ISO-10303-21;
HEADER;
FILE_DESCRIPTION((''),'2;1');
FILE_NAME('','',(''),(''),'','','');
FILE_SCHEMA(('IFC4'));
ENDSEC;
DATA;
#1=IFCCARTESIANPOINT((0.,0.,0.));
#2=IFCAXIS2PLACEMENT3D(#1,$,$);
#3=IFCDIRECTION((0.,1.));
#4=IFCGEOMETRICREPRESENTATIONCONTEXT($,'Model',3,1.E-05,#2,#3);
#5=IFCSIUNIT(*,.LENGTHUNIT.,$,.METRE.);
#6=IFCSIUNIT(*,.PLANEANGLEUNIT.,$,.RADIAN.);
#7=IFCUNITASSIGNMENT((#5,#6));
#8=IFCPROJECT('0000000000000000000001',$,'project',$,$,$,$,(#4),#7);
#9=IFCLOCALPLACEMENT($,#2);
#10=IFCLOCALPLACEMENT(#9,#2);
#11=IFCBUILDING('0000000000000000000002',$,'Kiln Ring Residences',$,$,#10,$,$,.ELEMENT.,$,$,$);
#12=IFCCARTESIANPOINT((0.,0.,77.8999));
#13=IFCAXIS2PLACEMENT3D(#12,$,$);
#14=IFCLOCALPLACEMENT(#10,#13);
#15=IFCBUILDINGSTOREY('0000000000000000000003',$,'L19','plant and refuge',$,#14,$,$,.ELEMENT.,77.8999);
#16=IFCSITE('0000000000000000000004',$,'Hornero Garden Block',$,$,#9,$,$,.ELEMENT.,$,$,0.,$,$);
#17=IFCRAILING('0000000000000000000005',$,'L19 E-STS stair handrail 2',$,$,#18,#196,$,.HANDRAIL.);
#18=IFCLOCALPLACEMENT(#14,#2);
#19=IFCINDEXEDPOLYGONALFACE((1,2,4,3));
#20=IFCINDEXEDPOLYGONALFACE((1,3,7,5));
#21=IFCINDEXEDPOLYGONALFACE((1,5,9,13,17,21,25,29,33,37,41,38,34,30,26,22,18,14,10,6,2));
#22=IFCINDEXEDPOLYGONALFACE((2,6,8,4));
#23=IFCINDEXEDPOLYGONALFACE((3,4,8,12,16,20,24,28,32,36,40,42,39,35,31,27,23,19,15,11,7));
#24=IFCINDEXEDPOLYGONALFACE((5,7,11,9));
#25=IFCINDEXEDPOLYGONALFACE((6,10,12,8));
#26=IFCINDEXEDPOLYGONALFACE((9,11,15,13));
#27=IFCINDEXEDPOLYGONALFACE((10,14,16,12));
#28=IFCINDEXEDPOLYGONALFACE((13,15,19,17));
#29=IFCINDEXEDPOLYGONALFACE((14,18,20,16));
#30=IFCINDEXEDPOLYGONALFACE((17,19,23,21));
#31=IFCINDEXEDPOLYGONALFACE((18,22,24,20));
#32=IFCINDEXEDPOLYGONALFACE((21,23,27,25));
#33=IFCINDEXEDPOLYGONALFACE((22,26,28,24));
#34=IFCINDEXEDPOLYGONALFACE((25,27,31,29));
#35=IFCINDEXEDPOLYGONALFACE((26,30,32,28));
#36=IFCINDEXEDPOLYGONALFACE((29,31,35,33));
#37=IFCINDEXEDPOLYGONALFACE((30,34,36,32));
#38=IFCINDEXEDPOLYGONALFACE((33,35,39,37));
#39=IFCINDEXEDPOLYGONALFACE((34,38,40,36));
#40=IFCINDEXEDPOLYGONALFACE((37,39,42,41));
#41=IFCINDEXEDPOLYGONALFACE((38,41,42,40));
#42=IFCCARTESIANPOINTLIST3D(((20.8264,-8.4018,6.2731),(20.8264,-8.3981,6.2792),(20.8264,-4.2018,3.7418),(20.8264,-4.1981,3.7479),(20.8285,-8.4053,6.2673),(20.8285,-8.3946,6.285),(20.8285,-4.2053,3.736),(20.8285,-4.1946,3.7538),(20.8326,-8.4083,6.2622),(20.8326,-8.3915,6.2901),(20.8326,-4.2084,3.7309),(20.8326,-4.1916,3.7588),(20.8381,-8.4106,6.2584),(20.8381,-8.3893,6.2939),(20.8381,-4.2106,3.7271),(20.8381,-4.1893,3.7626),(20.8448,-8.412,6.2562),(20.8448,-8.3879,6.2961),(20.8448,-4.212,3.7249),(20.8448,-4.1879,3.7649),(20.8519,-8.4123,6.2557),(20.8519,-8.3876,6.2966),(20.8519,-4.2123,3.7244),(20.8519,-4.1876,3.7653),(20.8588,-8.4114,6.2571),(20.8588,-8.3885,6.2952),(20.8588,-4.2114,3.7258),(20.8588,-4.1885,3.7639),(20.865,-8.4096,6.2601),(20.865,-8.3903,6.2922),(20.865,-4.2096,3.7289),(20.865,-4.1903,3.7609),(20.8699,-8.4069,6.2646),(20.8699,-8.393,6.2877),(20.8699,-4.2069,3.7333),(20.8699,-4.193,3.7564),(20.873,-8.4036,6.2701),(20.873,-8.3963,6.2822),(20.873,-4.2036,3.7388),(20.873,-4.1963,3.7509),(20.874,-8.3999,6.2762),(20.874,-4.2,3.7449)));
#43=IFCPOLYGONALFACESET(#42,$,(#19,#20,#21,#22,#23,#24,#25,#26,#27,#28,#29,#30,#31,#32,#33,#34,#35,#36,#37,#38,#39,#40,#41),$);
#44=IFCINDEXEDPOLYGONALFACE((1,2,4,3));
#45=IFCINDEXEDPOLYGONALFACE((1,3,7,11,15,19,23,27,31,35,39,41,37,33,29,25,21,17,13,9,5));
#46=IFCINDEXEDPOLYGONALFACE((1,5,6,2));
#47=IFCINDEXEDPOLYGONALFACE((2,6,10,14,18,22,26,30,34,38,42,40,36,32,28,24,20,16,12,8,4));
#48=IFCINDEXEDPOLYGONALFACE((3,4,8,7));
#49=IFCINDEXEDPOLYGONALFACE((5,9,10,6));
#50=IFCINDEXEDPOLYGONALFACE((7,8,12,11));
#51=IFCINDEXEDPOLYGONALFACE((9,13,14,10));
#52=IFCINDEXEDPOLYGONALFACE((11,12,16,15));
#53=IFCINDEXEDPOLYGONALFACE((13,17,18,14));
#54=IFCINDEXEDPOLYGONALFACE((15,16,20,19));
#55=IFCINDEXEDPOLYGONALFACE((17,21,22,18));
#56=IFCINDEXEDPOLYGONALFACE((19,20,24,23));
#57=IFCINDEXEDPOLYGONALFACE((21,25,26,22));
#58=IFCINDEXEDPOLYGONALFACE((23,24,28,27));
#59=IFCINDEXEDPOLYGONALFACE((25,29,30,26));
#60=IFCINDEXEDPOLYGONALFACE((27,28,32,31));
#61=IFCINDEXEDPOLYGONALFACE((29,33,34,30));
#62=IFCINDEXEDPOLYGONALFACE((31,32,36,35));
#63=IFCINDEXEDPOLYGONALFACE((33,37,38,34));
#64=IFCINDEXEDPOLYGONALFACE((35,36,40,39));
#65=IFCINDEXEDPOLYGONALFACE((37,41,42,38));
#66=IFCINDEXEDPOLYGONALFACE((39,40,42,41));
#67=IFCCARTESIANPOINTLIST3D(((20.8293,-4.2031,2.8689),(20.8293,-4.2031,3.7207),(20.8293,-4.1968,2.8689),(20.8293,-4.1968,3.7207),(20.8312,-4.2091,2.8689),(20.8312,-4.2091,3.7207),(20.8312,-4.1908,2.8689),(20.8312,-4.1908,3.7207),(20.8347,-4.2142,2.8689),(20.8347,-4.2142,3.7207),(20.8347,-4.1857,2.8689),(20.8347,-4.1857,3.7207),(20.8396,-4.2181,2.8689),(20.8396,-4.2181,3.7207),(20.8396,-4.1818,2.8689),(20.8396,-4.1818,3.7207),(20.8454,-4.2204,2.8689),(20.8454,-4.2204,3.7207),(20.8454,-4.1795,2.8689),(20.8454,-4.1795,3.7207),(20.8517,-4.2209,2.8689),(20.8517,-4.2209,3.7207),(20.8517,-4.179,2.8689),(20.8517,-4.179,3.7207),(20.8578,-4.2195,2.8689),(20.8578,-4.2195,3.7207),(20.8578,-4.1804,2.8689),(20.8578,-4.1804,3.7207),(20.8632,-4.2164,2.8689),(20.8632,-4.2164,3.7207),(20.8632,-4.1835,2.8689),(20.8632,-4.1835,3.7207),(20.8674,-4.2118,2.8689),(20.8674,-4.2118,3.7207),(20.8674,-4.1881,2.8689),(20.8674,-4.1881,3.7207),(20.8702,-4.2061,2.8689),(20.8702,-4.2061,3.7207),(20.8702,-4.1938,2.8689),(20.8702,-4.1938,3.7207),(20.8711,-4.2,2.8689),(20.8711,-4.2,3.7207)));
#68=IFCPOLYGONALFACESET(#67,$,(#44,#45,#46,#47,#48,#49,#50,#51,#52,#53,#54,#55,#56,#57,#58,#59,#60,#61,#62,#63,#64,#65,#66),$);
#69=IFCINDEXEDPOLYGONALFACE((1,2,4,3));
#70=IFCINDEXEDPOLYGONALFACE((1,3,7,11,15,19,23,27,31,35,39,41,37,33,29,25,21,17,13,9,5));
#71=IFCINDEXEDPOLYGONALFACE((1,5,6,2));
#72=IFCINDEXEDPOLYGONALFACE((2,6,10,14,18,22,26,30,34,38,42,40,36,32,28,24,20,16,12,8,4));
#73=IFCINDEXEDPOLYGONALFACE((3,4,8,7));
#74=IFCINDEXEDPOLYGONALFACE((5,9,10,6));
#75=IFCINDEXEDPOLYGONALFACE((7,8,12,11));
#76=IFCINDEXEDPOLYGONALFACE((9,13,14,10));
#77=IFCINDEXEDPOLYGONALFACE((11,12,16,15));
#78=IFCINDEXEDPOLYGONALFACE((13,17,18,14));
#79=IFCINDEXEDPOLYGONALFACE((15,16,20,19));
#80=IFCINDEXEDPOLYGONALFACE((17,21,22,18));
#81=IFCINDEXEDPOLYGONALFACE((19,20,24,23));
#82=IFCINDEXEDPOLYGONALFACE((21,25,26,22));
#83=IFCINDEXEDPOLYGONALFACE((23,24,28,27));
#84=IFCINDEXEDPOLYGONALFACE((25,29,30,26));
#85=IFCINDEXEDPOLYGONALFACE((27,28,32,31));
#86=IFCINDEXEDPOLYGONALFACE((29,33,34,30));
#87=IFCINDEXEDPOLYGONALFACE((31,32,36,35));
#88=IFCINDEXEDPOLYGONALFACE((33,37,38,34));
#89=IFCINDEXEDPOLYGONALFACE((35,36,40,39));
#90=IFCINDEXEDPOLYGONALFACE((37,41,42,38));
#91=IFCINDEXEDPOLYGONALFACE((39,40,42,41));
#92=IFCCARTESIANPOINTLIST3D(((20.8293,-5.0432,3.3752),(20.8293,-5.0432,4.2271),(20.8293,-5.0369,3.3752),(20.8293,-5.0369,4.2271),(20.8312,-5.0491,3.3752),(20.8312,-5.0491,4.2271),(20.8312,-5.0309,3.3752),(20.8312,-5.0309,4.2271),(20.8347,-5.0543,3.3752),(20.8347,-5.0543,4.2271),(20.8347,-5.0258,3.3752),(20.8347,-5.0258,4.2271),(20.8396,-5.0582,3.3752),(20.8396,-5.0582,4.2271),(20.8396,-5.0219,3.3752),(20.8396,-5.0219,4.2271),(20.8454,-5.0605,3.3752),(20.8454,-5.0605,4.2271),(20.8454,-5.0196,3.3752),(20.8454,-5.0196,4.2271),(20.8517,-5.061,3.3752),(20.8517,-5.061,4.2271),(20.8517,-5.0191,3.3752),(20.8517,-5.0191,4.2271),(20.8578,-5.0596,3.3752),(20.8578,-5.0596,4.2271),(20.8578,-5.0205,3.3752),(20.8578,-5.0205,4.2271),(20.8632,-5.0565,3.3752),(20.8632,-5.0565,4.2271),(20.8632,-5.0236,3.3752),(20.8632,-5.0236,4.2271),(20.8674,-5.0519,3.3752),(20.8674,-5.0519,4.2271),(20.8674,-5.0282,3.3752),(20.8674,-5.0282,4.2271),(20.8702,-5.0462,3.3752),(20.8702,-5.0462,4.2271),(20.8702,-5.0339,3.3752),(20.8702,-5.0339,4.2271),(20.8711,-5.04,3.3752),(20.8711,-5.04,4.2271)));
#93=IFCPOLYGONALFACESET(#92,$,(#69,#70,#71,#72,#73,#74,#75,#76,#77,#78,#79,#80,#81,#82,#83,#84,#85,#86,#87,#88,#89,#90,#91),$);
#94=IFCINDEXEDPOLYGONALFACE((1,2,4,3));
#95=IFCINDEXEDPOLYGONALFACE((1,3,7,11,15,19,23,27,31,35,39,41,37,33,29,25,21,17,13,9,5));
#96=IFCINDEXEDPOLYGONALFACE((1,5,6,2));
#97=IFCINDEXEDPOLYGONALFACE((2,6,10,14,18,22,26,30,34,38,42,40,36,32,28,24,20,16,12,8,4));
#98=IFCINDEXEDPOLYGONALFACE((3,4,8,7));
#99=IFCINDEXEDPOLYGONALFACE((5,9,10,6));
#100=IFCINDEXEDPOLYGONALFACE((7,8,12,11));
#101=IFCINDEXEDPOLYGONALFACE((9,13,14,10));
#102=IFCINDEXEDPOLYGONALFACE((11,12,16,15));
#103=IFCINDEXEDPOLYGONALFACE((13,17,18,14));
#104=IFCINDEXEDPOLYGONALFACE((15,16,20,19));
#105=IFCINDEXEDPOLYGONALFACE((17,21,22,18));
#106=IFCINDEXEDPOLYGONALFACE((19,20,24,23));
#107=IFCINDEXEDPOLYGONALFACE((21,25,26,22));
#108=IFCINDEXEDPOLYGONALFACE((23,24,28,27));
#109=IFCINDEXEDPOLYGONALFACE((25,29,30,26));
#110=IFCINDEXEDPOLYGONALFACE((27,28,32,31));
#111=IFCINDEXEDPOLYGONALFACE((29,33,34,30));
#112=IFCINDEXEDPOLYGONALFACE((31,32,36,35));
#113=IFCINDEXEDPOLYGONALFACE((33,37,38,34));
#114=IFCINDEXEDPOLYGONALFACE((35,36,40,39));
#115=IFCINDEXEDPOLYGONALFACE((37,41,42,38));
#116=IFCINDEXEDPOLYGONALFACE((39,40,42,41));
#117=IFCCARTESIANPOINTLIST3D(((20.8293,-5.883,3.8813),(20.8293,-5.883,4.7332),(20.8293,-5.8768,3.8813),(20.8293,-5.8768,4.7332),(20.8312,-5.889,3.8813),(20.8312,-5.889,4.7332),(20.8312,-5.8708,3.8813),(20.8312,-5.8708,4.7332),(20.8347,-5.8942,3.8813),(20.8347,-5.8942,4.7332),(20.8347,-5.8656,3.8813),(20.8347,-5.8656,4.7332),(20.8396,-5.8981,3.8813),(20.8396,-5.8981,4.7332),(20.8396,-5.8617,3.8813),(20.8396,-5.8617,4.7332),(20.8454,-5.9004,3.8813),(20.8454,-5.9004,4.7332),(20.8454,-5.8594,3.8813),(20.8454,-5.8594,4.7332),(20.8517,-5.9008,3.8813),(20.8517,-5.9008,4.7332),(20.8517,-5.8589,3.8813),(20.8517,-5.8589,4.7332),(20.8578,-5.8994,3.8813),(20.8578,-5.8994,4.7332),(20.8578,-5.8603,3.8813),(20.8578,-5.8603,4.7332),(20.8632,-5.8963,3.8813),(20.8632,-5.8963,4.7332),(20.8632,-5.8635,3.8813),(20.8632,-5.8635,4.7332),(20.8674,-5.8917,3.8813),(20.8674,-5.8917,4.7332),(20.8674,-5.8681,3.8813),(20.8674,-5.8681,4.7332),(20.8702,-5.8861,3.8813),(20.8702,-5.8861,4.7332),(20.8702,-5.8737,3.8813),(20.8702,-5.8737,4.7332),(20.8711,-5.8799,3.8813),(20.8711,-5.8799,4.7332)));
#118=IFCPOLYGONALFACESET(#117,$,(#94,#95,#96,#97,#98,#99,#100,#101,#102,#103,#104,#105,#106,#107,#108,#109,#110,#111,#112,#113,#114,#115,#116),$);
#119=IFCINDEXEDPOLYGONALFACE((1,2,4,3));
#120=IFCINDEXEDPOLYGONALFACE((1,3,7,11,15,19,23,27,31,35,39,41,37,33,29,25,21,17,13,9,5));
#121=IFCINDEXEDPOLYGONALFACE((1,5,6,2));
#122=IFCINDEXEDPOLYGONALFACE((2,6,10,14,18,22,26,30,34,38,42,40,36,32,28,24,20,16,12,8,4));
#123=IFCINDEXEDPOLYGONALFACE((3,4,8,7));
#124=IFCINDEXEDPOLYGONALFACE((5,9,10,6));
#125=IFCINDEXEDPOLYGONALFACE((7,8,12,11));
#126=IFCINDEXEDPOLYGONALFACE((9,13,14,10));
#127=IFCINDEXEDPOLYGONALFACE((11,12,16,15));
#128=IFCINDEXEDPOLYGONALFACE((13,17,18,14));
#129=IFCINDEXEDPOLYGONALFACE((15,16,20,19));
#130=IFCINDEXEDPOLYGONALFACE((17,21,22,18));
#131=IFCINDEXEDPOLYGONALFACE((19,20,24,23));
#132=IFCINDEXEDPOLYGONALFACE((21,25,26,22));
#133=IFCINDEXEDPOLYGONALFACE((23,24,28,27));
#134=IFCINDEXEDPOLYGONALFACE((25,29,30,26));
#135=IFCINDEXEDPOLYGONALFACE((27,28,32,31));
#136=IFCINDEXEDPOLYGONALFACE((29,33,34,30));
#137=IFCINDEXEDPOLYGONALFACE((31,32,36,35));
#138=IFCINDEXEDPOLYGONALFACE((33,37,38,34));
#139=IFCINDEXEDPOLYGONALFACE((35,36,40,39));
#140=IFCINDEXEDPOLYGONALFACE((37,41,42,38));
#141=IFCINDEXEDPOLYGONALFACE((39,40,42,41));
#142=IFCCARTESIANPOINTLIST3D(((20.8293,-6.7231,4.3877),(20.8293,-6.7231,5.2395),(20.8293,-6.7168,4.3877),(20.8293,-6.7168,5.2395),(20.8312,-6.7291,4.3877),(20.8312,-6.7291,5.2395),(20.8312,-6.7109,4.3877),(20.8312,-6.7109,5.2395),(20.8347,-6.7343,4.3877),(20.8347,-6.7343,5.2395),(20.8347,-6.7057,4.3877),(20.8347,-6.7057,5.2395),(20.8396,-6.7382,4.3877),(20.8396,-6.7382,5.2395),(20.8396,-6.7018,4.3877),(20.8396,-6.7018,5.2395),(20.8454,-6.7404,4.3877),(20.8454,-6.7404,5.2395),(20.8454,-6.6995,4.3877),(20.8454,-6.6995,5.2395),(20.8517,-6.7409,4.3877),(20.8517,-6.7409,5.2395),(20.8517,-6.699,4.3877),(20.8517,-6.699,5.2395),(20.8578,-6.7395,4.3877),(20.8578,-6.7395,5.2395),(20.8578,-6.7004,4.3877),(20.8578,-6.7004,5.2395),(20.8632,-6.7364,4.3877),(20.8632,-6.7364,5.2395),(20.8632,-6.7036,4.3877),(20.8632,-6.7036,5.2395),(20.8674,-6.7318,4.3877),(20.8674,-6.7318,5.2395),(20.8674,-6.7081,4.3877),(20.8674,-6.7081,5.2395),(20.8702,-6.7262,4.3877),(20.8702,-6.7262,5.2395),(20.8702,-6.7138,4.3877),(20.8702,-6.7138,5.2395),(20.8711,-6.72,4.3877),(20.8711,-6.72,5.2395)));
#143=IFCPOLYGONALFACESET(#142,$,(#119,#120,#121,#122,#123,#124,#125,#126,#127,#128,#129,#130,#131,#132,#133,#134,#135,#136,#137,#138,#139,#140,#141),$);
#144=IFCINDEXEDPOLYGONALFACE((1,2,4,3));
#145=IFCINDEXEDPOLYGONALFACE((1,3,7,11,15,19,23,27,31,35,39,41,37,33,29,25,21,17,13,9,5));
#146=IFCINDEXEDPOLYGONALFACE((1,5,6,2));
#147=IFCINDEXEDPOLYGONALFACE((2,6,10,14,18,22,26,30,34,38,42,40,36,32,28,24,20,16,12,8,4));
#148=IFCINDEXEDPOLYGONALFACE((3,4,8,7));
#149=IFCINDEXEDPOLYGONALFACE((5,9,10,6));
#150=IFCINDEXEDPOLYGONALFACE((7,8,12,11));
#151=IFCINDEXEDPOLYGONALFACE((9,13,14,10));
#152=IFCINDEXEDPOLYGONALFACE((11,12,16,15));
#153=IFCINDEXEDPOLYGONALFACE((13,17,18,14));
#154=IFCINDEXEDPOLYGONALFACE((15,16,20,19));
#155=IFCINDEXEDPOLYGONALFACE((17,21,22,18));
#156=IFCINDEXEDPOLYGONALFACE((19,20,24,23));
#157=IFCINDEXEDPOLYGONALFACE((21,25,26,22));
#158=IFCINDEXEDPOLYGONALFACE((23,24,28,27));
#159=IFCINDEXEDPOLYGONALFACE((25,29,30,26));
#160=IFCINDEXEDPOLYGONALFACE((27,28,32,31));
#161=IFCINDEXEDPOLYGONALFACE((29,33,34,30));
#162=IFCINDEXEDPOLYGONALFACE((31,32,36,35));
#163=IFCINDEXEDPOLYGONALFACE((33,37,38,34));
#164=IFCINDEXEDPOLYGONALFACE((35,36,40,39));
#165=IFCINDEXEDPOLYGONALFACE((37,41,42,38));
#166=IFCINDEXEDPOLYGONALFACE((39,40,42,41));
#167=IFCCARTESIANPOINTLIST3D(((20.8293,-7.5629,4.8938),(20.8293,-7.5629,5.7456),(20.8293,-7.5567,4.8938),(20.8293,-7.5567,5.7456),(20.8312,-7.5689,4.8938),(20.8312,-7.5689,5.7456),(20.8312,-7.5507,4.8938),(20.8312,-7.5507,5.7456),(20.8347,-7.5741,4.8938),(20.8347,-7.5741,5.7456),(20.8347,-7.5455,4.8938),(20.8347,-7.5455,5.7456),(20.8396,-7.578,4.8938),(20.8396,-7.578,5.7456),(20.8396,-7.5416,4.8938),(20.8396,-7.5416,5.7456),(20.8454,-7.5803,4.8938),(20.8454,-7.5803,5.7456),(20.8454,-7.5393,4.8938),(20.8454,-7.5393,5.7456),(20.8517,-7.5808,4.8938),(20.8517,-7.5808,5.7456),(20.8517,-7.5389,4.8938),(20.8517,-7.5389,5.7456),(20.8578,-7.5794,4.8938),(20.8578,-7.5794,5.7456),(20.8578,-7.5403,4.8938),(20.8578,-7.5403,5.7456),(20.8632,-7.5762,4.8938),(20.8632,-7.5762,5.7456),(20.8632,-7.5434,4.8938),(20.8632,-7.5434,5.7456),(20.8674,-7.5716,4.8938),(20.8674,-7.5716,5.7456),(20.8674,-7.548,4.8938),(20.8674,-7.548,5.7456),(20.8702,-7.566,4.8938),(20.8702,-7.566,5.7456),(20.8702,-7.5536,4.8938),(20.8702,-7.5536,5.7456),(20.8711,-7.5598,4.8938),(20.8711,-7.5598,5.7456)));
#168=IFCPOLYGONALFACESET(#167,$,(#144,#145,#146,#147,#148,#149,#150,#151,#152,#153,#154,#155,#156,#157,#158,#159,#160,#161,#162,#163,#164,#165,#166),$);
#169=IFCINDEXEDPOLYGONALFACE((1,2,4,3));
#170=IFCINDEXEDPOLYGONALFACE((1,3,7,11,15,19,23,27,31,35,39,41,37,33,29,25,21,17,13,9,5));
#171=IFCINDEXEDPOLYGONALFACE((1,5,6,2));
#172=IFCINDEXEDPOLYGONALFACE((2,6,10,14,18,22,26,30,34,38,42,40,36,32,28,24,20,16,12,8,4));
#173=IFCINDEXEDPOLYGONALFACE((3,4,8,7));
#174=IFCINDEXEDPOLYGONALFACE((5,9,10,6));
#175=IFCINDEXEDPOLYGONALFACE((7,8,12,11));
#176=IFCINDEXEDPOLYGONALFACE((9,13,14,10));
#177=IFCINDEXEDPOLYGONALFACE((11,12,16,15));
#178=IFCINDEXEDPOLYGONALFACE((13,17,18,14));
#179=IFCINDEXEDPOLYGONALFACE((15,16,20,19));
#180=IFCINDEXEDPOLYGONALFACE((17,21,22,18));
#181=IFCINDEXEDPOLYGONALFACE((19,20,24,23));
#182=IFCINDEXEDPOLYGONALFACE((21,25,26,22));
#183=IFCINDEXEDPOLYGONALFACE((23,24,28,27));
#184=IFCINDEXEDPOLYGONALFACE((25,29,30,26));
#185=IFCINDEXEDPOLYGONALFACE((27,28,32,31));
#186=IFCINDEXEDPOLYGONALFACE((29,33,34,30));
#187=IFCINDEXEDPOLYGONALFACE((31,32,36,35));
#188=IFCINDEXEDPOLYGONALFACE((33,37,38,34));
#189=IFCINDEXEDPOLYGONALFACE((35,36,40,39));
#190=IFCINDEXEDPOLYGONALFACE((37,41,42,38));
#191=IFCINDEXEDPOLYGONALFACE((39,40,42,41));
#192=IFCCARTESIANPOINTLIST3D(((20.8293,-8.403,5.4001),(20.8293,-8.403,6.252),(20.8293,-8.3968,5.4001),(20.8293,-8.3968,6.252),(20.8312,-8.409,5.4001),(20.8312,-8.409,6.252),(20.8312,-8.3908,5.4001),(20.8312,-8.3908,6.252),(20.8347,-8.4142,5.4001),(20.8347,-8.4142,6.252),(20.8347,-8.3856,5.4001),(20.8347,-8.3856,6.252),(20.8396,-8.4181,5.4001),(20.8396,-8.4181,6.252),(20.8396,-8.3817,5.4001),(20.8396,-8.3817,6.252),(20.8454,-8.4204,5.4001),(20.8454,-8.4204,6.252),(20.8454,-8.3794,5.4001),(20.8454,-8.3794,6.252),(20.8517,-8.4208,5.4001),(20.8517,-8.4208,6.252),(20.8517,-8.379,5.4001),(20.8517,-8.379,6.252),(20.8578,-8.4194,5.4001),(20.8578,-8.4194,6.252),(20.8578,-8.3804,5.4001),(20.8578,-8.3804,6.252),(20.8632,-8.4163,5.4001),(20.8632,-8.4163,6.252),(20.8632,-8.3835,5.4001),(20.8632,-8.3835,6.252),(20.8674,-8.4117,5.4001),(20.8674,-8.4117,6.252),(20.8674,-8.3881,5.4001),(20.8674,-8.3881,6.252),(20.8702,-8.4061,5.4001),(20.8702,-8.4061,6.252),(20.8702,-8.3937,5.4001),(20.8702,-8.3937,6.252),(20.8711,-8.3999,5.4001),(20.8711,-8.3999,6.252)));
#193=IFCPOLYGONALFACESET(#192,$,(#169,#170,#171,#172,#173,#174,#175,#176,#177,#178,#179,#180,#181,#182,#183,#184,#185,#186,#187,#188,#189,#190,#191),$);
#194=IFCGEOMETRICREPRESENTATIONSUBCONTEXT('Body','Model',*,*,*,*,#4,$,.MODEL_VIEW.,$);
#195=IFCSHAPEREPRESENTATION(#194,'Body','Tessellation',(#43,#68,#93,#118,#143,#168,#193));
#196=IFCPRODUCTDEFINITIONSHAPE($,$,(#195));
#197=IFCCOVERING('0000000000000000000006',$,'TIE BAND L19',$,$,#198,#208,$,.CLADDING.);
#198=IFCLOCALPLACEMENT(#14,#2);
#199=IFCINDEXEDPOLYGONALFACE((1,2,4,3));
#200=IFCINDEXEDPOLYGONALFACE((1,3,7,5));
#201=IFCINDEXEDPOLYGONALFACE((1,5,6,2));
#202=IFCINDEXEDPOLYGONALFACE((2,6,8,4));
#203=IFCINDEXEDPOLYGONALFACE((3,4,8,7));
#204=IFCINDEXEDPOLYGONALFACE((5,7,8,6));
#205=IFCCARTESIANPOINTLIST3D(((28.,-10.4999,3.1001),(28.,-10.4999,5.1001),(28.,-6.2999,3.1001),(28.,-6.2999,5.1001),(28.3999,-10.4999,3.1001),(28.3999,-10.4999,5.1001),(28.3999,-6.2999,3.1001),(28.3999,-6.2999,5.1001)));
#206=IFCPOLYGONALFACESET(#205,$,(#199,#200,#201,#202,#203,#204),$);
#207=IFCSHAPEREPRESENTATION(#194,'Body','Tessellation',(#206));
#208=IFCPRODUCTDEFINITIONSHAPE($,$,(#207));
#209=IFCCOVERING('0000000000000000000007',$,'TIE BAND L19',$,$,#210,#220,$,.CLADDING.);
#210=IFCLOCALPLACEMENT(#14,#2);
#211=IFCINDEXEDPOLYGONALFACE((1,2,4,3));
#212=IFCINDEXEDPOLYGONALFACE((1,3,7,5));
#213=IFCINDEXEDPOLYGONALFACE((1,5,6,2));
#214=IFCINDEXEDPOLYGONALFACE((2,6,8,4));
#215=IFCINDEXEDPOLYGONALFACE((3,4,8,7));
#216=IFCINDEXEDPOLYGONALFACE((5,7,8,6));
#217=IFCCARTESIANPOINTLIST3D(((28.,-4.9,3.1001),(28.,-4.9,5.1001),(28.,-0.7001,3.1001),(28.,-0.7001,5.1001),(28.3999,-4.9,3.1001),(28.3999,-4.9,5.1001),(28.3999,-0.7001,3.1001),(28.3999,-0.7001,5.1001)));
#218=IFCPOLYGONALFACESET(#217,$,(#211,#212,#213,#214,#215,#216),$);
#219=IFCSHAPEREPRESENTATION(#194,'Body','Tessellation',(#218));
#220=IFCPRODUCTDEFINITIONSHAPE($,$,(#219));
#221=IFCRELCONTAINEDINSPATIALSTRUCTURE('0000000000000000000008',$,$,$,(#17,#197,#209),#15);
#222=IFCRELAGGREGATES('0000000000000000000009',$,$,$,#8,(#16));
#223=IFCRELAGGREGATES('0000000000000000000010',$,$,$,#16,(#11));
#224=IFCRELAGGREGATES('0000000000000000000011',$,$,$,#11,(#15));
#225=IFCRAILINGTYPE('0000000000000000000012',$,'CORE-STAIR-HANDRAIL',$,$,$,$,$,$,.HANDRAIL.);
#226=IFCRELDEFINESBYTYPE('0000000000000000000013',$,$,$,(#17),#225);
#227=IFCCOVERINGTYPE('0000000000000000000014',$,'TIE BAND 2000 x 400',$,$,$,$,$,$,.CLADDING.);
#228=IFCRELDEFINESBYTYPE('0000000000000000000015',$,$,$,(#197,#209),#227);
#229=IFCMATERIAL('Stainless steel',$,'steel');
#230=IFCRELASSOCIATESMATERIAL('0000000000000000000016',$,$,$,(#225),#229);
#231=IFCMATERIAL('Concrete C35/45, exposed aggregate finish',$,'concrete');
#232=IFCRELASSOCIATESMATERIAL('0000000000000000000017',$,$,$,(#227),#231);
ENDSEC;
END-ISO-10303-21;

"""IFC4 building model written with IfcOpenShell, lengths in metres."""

from ifc_helpers import new_model, si_unit, direction, frame, origin, origin_2d, place, context, subcontext, project, spatial, rectangle, circle, extrude, material, type_object, element, save


model = new_model("IFC4")

# Units and contexts
model_context = context("Model", 3, precision=1e-05, world=origin(), true_north=direction((0.0, 1.0)))
body_context = subcontext(model_context, "Body", "Model", "MODEL_VIEW")
ifc_project = project(units=[si_unit("LENGTHUNIT", "METRE"), si_unit("PLANEANGLEUNIT", "RADIAN")], contexts=[model_context])

# Site, building, storey
site_placement = place(None, origin())
site = spatial("IfcSite", under=ifc_project, at=site_placement, Name="Hornero Garden Block", CompositionType="ELEMENT", RefElevation=0.0)
building_placement = place(site_placement, origin())
building = spatial("IfcBuilding", under=site, at=building_placement, Name="Kiln Ring Residences", CompositionType="ELEMENT")
storey_placement = place(building_placement, frame((0.0, 0.0, 77.8999)))
storey = spatial("IfcBuildingStorey", under=building, at=storey_placement, Name="L19", Description="plant and refuge", CompositionType="ELEMENT", Elevation=77.8999)

# Railing
ifc_material_1 = material(Name="Stainless steel", Category="steel")
railing_type_1 = type_object("IfcRailingType", Name="CORE-STAIR-HANDRAIL", PredefinedType="HANDRAIL", material=ifc_material_1)
railing_1_placement = place(storey_placement, frame((20.8501, -4.2, 2.8689)))
element("IfcRailing", 1, at=railing_1_placement, inside=storey, type_object=railing_type_1, Name="L19 E-STS stair handrail 2", PredefinedType="HANDRAIL", context=body_context, shape_type="SweptSolid", body=[
    extrude(circle(Radius=0.0239, at=origin_2d()), frame((0.0, 0.0, 0.876), z_axis=(0.0, -0.856476, 0.516186), x_axis=(1.0, 0.0, 0.0)), (0.0, 0.0, 1.0), 4.9038),
    extrude(circle(Radius=0.021, at=origin_2d()), origin(), (0.0, 0.0, 1.0), 0.8518),
    extrude(circle(Radius=0.021, at=origin_2d()), frame((0.0, -0.8401, 0.5063)), (0.0, 0.0, 1.0), 0.8518),
    extrude(circle(Radius=0.021, at=origin_2d()), frame((0.0, -1.6799, 1.0125)), (0.0, 0.0, 1.0), 0.8518),
    extrude(circle(Radius=0.021, at=origin_2d()), frame((0.0, -2.52, 1.5188)), (0.0, 0.0, 1.0), 0.8518),
    extrude(circle(Radius=0.021, at=origin_2d()), frame((0.0, -3.3599, 2.0249)), (0.0, 0.0, 1.0), 0.8518),
    extrude(circle(Radius=0.021, at=origin_2d()), frame((0.0, -4.2, 2.5312)), (0.0, 0.0, 1.0), 0.8518),
])

# Coverings
ifc_material_2 = material(Name="Concrete C35/45, exposed aggregate finish", Category="concrete")
covering_type = type_object("IfcCoveringType", Name="TIE BAND 2000 x 400", PredefinedType="CLADDING", material=ifc_material_2)
for number, where, z_axis, x_axis, name in (
    (2, (28.2, -8.3999, 3.1001), (0.0, 0.0, 1.0), (0.0, 1.0, 0.0), "TIE BAND L19"),
    (3, (28.2, -2.8, 3.1001), (0.0, 0.0, 1.0), (0.0, 1.0, 0.0), "TIE BAND L19"),
):
    element("IfcCovering", number, at=place(storey_placement, frame(where, z_axis=z_axis, x_axis=x_axis)), inside=storey, type_object=covering_type, Name=name, PredefinedType="CLADDING", context=body_context, shape_type="SweptSolid", body=[
        extrude(rectangle(XDim=4.2, YDim=0.3999, at=origin_2d()), origin(), (0.0, 0.0, 1.0), 2.0),
    ])

save(model, "model.ifc")
